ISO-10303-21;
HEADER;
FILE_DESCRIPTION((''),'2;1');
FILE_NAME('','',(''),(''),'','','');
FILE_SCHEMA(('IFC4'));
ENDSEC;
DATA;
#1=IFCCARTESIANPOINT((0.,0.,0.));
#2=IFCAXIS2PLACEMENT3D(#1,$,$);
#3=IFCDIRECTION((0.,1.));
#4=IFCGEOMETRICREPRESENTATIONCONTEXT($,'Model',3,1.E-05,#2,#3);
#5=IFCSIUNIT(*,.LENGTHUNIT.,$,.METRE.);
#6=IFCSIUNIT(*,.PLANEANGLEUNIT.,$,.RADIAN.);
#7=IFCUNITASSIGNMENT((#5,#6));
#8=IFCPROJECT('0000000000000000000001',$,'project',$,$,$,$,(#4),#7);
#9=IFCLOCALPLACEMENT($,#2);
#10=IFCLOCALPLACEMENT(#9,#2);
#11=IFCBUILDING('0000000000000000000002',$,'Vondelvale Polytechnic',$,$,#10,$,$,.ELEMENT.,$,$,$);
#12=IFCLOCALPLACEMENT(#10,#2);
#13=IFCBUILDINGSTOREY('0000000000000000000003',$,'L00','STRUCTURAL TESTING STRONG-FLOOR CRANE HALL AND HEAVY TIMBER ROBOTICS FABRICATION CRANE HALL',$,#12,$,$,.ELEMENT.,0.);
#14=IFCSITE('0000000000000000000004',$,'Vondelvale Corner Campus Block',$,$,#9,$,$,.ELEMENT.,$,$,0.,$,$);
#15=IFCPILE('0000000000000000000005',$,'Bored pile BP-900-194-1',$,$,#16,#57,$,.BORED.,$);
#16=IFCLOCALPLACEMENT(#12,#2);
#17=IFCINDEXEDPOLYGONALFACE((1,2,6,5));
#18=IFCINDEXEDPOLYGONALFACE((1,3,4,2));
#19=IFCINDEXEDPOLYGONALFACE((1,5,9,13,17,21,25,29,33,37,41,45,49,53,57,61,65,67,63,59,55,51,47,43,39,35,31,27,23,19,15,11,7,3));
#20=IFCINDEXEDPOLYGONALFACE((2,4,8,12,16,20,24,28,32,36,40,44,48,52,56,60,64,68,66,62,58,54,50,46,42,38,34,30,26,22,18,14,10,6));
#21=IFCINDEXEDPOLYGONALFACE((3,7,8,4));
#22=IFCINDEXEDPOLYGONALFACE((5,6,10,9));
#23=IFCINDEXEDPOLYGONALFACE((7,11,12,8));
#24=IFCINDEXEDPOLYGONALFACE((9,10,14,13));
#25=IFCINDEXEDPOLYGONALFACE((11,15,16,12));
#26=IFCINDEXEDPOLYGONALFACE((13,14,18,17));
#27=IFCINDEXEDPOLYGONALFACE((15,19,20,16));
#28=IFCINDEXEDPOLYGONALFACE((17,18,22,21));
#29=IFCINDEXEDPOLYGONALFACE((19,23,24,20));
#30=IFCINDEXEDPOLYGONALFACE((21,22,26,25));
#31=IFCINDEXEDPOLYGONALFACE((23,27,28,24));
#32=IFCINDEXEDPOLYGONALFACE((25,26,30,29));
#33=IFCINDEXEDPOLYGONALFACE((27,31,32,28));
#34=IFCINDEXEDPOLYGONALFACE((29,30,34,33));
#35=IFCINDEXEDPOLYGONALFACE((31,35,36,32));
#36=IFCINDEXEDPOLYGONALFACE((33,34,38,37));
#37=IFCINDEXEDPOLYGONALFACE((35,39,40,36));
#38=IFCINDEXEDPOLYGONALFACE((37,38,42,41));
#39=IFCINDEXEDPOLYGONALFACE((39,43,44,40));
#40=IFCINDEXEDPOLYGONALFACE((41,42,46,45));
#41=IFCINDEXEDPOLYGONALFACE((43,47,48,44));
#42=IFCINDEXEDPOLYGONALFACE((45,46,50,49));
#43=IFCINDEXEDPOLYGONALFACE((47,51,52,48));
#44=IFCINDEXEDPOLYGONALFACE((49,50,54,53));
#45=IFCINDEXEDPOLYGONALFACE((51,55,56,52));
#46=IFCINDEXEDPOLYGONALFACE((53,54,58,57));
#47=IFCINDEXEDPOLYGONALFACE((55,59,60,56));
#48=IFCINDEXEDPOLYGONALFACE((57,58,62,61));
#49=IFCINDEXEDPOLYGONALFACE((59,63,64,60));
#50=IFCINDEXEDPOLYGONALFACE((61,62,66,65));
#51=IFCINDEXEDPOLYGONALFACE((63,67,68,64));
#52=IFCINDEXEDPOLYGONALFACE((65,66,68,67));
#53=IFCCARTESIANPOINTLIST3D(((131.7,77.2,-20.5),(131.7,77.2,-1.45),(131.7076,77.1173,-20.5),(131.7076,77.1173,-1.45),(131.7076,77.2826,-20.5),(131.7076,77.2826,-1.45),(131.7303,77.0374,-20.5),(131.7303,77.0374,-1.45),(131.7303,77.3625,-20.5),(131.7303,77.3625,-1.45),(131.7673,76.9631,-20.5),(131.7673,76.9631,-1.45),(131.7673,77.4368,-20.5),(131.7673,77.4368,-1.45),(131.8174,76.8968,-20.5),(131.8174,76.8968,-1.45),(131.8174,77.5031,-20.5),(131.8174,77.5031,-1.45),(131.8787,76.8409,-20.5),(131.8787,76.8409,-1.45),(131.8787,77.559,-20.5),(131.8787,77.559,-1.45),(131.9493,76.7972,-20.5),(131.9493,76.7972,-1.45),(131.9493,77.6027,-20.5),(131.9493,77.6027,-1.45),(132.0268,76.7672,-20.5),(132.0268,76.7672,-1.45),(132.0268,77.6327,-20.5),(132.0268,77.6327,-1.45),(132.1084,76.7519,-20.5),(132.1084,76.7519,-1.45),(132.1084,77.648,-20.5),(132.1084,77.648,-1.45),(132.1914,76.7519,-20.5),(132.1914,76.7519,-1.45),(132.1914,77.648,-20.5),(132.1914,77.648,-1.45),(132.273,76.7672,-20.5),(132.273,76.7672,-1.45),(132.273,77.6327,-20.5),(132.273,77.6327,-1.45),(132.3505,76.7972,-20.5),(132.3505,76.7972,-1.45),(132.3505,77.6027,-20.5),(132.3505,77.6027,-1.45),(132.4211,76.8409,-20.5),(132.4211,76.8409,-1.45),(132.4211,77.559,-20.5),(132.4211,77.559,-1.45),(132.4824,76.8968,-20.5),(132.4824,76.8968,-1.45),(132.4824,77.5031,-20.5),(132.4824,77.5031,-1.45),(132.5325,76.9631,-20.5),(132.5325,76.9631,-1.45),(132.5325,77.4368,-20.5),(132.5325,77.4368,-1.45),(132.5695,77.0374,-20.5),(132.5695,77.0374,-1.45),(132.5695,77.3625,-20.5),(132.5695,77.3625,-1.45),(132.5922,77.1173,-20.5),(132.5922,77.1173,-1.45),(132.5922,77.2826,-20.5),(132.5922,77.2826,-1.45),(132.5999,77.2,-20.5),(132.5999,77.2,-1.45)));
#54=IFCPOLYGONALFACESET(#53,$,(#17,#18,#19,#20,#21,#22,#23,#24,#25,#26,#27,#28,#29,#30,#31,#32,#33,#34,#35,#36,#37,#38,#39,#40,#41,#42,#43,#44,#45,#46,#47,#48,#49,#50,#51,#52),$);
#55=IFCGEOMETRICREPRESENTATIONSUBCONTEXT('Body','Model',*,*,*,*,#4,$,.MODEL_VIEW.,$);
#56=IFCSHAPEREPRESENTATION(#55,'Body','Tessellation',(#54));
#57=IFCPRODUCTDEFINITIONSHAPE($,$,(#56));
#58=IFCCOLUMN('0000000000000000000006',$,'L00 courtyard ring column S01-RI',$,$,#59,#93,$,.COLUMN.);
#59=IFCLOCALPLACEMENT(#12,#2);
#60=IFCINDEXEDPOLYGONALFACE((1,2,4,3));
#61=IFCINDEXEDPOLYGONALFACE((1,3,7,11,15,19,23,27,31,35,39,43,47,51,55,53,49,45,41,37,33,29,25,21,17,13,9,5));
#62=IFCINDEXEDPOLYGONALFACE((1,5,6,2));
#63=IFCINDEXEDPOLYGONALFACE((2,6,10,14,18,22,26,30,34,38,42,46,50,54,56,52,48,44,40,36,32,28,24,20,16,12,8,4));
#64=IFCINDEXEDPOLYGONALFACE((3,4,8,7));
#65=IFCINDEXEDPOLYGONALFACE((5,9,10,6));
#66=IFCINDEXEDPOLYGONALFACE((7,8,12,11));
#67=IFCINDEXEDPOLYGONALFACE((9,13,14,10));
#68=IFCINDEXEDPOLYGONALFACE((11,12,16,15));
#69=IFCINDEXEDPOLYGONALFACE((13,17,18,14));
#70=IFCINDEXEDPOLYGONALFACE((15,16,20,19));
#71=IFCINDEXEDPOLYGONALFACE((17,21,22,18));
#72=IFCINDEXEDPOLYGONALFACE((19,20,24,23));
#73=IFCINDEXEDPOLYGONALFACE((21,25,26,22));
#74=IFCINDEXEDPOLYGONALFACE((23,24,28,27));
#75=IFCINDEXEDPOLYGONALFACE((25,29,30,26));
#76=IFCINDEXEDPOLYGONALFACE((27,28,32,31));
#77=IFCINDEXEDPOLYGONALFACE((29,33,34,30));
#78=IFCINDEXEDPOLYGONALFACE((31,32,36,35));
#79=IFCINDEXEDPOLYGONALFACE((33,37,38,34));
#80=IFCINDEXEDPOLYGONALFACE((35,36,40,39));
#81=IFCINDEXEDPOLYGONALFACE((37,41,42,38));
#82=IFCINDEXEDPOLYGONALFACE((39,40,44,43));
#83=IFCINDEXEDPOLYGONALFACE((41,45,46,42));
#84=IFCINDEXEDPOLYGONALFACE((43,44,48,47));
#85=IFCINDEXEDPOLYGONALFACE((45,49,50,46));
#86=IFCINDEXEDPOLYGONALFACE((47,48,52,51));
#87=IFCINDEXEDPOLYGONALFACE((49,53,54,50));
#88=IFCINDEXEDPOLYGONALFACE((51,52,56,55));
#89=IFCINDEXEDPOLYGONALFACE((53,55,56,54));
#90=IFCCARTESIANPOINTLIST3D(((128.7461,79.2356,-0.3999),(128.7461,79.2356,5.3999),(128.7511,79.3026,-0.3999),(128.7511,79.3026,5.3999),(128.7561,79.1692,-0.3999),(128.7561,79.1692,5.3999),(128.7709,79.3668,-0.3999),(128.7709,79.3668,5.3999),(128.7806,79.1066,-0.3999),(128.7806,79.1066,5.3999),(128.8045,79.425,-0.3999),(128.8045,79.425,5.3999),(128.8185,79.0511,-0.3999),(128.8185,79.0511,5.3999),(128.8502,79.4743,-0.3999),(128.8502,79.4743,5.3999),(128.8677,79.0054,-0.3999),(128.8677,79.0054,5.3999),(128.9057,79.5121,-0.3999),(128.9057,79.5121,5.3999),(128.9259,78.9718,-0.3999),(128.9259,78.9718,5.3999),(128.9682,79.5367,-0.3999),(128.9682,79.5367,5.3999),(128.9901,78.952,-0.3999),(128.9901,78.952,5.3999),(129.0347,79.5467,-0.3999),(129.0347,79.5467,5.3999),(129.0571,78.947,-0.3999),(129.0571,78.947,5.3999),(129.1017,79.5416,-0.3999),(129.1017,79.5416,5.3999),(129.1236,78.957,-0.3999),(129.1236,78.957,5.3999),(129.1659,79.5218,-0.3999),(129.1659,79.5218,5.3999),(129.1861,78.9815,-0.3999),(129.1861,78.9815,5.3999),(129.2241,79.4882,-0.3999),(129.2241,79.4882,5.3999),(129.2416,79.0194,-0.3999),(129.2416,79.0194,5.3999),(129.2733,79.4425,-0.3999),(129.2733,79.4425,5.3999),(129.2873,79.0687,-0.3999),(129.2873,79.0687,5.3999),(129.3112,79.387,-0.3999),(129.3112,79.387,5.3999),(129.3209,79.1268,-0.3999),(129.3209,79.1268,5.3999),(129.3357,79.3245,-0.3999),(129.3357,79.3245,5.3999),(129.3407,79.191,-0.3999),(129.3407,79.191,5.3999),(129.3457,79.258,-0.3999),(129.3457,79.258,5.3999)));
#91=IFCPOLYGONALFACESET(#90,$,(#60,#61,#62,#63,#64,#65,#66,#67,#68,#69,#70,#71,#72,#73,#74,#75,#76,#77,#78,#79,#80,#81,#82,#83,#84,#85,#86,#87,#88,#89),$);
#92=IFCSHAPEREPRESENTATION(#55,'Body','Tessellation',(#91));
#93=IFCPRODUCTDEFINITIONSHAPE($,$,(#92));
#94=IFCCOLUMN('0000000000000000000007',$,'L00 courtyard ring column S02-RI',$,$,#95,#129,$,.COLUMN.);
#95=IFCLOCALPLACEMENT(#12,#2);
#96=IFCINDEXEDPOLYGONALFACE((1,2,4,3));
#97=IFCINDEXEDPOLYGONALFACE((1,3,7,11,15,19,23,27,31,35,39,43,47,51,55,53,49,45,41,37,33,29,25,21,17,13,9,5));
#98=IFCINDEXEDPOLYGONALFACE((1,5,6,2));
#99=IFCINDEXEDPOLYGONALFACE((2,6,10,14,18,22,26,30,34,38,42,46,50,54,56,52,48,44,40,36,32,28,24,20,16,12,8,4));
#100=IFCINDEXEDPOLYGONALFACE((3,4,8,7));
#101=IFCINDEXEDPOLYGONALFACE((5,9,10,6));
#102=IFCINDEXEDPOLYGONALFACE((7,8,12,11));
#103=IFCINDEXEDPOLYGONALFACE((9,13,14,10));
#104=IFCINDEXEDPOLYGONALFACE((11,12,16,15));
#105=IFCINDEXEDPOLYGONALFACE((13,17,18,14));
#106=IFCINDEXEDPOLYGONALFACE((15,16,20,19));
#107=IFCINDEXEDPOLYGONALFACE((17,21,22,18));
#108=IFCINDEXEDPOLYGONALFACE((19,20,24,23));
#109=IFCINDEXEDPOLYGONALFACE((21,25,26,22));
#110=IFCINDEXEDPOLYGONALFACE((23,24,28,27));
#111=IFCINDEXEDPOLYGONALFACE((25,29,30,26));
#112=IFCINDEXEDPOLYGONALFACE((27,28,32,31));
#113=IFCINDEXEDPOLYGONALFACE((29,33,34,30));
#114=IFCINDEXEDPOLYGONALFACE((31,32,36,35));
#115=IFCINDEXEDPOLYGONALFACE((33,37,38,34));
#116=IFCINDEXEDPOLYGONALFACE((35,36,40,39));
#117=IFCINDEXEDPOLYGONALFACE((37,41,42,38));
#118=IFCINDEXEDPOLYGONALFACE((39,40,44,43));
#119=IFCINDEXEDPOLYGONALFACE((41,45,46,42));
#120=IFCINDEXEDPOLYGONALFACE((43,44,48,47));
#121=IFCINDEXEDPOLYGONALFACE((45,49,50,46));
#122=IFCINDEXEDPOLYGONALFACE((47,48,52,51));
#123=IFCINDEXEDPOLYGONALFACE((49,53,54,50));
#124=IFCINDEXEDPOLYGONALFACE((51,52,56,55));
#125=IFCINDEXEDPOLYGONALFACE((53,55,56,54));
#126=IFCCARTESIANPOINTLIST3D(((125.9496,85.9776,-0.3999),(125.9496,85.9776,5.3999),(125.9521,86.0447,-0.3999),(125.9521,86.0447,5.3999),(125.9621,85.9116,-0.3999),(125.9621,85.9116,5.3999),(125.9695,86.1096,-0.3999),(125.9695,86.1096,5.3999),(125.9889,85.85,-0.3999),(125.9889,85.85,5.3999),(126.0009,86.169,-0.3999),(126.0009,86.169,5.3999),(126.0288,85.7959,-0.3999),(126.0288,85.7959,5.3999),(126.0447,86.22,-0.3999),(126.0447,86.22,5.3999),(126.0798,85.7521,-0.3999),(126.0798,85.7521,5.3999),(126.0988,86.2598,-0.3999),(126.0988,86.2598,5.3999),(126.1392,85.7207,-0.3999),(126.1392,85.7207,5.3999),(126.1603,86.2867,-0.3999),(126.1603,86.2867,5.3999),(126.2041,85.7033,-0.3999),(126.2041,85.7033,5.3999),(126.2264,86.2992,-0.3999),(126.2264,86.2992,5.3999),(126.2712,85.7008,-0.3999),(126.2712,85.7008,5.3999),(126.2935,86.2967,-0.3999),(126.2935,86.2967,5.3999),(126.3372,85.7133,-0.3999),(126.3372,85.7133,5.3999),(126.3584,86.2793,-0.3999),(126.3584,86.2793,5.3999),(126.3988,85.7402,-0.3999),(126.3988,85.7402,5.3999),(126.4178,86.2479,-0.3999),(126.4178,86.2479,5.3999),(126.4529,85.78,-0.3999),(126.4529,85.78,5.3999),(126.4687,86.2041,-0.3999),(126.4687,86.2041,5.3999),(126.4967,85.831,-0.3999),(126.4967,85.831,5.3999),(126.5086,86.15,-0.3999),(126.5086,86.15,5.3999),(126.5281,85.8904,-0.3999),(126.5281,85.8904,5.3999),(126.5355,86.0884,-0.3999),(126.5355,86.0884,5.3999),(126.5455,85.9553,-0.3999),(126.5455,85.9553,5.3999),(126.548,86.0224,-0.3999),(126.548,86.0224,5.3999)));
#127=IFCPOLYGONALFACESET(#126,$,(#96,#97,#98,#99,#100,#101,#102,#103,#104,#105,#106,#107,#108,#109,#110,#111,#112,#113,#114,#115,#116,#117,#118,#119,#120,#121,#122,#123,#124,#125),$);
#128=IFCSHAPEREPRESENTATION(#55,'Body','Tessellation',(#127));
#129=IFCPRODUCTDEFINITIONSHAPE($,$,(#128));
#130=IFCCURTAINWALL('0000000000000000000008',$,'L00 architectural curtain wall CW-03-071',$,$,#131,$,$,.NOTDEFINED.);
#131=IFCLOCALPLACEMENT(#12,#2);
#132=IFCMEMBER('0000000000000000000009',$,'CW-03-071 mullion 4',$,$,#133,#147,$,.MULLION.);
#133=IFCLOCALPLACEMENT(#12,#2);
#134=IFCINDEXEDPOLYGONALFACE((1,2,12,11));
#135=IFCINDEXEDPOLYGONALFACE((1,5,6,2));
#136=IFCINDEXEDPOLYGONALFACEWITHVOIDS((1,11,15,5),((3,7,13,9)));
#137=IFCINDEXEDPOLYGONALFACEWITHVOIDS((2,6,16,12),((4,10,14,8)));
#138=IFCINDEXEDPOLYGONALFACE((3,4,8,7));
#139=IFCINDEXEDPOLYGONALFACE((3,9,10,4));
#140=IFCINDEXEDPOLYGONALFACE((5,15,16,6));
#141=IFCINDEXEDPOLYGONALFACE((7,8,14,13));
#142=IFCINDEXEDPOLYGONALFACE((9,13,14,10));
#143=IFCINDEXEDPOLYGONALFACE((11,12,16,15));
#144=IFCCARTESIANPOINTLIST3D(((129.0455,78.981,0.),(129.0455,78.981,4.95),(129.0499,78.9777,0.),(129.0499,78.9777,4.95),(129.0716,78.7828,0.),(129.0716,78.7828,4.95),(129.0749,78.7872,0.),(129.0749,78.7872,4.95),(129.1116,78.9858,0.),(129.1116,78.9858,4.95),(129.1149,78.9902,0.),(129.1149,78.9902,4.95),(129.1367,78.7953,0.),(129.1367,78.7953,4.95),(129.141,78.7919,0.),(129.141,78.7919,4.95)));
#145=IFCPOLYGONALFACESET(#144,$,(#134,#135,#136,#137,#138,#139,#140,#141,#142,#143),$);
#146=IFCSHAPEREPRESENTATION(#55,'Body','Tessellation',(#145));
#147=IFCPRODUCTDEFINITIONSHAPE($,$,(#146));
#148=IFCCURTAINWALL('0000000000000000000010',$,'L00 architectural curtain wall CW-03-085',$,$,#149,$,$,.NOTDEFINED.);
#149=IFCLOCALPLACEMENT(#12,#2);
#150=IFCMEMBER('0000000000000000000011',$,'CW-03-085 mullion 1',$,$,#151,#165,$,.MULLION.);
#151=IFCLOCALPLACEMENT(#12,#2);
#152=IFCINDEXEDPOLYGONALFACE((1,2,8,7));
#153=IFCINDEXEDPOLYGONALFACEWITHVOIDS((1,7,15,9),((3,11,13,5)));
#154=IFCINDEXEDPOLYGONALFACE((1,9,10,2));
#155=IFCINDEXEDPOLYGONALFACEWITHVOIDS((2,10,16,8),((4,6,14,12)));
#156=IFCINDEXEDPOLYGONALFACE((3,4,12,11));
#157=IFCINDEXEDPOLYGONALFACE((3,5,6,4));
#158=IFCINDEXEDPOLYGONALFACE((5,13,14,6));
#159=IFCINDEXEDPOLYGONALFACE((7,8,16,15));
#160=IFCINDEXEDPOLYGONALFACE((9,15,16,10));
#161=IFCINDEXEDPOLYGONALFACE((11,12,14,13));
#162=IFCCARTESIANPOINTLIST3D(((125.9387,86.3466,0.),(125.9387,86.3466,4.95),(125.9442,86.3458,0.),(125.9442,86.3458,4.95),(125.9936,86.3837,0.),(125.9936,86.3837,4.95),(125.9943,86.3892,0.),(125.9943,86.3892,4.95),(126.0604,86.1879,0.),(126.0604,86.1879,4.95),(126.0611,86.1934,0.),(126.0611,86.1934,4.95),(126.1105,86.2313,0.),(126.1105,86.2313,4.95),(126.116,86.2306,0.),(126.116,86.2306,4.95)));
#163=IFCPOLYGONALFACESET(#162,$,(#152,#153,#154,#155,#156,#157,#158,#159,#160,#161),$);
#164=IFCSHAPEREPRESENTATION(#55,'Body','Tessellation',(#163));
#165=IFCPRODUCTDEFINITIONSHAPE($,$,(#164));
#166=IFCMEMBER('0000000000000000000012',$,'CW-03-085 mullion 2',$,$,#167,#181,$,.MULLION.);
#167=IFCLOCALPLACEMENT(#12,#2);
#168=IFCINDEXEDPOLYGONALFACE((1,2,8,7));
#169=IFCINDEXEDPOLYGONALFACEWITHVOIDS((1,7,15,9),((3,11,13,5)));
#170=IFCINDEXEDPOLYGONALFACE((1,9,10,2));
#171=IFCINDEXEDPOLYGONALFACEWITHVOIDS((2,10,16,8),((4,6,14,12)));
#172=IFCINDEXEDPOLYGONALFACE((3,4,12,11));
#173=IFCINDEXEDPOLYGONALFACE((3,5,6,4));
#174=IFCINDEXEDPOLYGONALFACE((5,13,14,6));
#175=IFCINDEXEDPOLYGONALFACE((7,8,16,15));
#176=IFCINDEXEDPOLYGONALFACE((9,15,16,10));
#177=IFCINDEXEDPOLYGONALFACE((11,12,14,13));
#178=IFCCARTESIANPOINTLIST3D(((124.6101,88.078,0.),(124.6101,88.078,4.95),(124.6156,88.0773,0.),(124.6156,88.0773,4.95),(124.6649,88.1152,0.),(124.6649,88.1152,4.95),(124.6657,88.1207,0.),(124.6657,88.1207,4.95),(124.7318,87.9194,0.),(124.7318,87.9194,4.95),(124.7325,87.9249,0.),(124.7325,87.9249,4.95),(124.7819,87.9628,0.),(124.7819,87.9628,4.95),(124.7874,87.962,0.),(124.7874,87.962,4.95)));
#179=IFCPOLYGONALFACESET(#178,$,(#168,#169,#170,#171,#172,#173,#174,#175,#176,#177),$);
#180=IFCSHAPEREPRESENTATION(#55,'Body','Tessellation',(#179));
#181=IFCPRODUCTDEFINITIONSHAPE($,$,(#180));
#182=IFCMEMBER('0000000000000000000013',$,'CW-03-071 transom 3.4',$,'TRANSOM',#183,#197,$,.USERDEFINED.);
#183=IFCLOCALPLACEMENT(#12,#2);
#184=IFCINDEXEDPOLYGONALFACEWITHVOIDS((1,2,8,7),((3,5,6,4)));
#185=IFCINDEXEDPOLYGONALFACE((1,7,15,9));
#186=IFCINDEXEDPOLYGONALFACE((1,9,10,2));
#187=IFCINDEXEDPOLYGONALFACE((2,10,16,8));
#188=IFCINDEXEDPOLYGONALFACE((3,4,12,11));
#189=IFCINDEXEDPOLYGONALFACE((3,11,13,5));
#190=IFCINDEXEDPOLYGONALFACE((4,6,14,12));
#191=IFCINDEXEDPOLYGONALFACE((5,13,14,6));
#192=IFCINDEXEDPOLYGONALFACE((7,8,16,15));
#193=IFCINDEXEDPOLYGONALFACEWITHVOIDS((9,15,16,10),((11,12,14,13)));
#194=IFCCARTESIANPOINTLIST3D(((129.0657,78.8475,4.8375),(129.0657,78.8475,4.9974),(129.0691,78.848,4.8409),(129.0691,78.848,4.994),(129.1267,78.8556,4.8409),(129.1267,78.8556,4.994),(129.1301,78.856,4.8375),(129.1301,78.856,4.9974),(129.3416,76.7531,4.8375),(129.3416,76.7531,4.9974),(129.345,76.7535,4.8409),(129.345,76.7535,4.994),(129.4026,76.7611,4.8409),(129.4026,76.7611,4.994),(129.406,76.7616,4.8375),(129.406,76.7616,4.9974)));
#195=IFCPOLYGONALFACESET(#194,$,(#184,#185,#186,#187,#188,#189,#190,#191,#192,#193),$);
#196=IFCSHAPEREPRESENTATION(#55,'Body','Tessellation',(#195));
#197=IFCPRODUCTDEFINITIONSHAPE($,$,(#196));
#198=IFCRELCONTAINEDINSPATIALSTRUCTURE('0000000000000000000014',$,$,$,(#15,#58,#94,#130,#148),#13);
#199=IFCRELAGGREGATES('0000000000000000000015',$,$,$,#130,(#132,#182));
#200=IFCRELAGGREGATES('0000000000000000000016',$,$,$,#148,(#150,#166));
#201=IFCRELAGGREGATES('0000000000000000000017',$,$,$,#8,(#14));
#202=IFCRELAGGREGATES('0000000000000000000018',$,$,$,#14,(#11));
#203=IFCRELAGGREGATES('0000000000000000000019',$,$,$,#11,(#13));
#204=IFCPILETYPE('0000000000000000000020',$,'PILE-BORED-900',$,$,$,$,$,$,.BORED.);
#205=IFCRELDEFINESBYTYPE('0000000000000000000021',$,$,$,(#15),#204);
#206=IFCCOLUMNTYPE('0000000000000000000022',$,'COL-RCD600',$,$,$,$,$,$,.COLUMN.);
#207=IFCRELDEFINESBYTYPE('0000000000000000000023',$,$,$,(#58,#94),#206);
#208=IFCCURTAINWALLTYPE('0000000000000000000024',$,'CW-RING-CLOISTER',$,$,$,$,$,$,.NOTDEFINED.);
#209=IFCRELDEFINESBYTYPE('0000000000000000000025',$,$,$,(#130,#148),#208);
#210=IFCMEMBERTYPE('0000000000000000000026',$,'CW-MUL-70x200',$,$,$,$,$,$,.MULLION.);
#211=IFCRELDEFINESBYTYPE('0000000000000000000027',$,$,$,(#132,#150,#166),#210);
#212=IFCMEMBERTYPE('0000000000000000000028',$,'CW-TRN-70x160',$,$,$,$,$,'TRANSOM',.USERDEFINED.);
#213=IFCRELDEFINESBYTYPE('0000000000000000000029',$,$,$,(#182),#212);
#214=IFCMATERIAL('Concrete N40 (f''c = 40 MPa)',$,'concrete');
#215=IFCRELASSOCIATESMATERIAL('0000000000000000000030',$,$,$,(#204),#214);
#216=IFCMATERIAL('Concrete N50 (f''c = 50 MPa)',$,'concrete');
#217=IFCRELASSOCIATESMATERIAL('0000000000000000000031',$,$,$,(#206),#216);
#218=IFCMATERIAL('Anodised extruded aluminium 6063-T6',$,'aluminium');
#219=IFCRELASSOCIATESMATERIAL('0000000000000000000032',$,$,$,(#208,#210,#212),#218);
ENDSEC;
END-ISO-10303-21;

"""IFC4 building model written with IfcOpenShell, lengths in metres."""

from ifc_helpers import new_model, si_unit, direction, frame, origin, origin_2d, place, context, subcontext, project, spatial, hollow_rectangle, circle, extrude, material, material_profile, profile_set, type_object, element, aggregate, save


model = new_model("IFC4")

# Units and contexts
model_context = context("Model", 3, precision=1e-05, world=origin(), true_north=direction((0.0, 1.0)))
body_context = subcontext(model_context, "Body", "Model", "MODEL_VIEW")
ifc_project = project(units=[si_unit("LENGTHUNIT", "METRE"), si_unit("PLANEANGLEUNIT", "RADIAN")], contexts=[model_context])

# Site, building, storey
site_placement = place(None, origin())
site = spatial("IfcSite", under=ifc_project, at=site_placement, Name="Vondelvale Corner Campus Block", CompositionType="ELEMENT", RefElevation=0.0)
building_placement = place(site_placement, origin())
building = spatial("IfcBuilding", under=site, at=building_placement, Name="Vondelvale Polytechnic", CompositionType="ELEMENT")
storey_placement = place(building_placement, origin())
storey = spatial("IfcBuildingStorey", under=building, at=storey_placement, Name="L00", Description="STRUCTURAL TESTING STRONG-FLOOR CRANE HALL AND HEAVY TIMBER ROBOTICS FABRICATION CRANE HALL", CompositionType="ELEMENT", Elevation=0.0)

# Shared definitions
ifc_material_1 = material(Name="Concrete N40 (f'c = 40 MPa)", Category="concrete")

# Pile
ifc_material_profile_1 = material_profile(ifc_material_1, circle(Radius=0.45, at=origin_2d()), Name="PILE-D900")
ifc_profile_set_1 = profile_set([ifc_material_profile_1], Name="Concrete N40 (f'c = 40 MPa)")
pile_type = type_object("IfcPileType", Name="PILE-BORED-900", PredefinedType="BORED", material=ifc_profile_set_1)
for number, where, z_axis, x_axis, name in (
    (1, (132.1499, 77.2, -1.45), (0.0, 0.0, -1.0), (1.0, 0.0, 0.0), "Bored pile BP-900-194-1"),
):
    element("IfcPile", number, at=place(storey_placement, frame(where, z_axis=z_axis, x_axis=x_axis)), inside=storey, type_object=pile_type, Name=name, PredefinedType="BORED", context=body_context, shape_type="SweptSolid", body=[
        extrude(circle(Radius=0.45, at=origin_2d()), origin(), (0.0, 0.0, 1.0), 19.05),
    ])

# Columns
ifc_material_2 = material(Name="Concrete N50 (f'c = 50 MPa)", Category="concrete")
ifc_material_profile_2 = material_profile(ifc_material_2, circle(Radius=0.3, at=origin_2d()), Name="RC-COL-D600")
ifc_profile_set_2 = profile_set([ifc_material_profile_2], Name="Concrete N50 (f'c = 50 MPa)")
column_type = type_object("IfcColumnType", Name="COL-RCD600", PredefinedType="COLUMN", material=ifc_profile_set_2)
for number, where, z_axis, x_axis, name in (
    (2, (129.0459, 79.2468, -0.3999), (0.0, 0.0, 1.0), (0.965926, 0.258819, 0.0), "L00 courtyard ring column S01-RI"),
    (3, (126.2488, 86.0, -0.3999), (0.0, 0.0, 1.0), (0.866025, 0.5, 0.0), "L00 courtyard ring column S02-RI"),
):
    element("IfcColumn", number, at=place(storey_placement, frame(where, z_axis=z_axis, x_axis=x_axis)), inside=storey, type_object=column_type, Name=name, PredefinedType="COLUMN", context=body_context, shape_type="SweptSolid", body=[
        extrude(circle(Radius=0.3, at=origin_2d()), origin(), (0.0, 0.0, 1.0), 5.7998),
    ])

# Curtain wall, member
ifc_material_3 = material(Name="Anodised extruded aluminium 6063-T6", Category="aluminium")
curtain_wall_type = type_object("IfcCurtainWallType", Name="CW-RING-CLOISTER", PredefinedType="NOTDEFINED", material=ifc_material_3)
curtain_wall_1_placement = place(storey_placement, origin())
curtain_wall_1 = element("IfcCurtainWall", 4, at=curtain_wall_1_placement, inside=storey, type_object=curtain_wall_type, Name="L00 architectural curtain wall CW-03-071", PredefinedType="NOTDEFINED")
ifc_material_profile_3 = material_profile(ifc_material_3, hollow_rectangle(XDim=0.0701, YDim=0.2, WallThickness=0.0039, at=origin_2d()), Name="CW-MUL-200x70")
ifc_profile_set_3 = profile_set([ifc_material_profile_3], Name="Anodised extruded aluminium 6063-T6")
member_type_1 = type_object("IfcMemberType", Name="CW-MUL-70x200", PredefinedType="MULLION", material=ifc_profile_set_3)
member_1_placement = place(storey_placement, frame((129.0933, 78.8865, 0.0), z_axis=(0.0, 0.0, 1.0), x_axis=(-0.991445, -0.130528, 0.0)))
member_1 = element("IfcMember", 5, at=member_1_placement, type_object=member_type_1, Name="CW-03-071 mullion 4", PredefinedType="MULLION", context=body_context, shape_type="SweptSolid", body=[
    extrude(hollow_rectangle(XDim=0.0701, YDim=0.2, WallThickness=0.0039, at=origin_2d()), origin(), (0.0, 0.0, 1.0), 4.95),
])

# Curtain wall, members
curtain_wall_2_placement = place(storey_placement, origin())
curtain_wall_2 = element("IfcCurtainWall", 6, at=curtain_wall_2_placement, inside=storey, type_object=curtain_wall_type, Name="L00 architectural curtain wall CW-03-085", PredefinedType="NOTDEFINED")
member_2_placement = place(storey_placement, frame((126.0273, 86.2886, 0.0), z_axis=(0.0, 0.0, 1.0), x_axis=(-0.793364, -0.608748, 0.0)))
member_2 = element("IfcMember", 7, at=member_2_placement, type_object=member_type_1, Name="CW-03-085 mullion 1", PredefinedType="MULLION", context=body_context, shape_type="SweptSolid", body=[
    extrude(hollow_rectangle(XDim=0.0701, YDim=0.2, WallThickness=0.0039, at=origin_2d()), origin(), (0.0, 0.0, 1.0), 4.95),
])
member_3_placement = place(storey_placement, frame((124.6987, 88.02, 0.0), z_axis=(0.0, 0.0, 1.0), x_axis=(-0.793364, -0.608748, 0.0)))
member_3 = element("IfcMember", 8, at=member_3_placement, type_object=member_type_1, Name="CW-03-085 mullion 2", PredefinedType="MULLION", context=body_context, shape_type="SweptSolid", body=[
    extrude(hollow_rectangle(XDim=0.0701, YDim=0.2, WallThickness=0.0039, at=origin_2d()), origin(), (0.0, 0.0, 1.0), 4.95),
])

# Member
ifc_material_profile_4 = material_profile(ifc_material_3, hollow_rectangle(XDim=0.0649, YDim=0.1599, WallThickness=0.0034, at=origin_2d()), Name="CW-TRN-160x65")
ifc_profile_set_4 = profile_set([ifc_material_profile_4], Name="Anodised extruded aluminium 6063-T6")
member_type_2 = type_object("IfcMemberType", Name="CW-TRN-70x160", ElementType="TRANSOM", PredefinedType="USERDEFINED", material=ifc_profile_set_4)
member_4_placement = place(storey_placement, frame((129.3738, 76.7573, 4.9175), z_axis=(-0.130589, 0.991437, 0.0), x_axis=(-0.991437, -0.130589, 0.0)))
member_4 = element("IfcMember", 9, at=member_4_placement, type_object=member_type_2, Name="CW-03-071 transom 3.4", ObjectType="TRANSOM", PredefinedType="USERDEFINED", context=body_context, shape_type="SweptSolid", body=[
    extrude(hollow_rectangle(XDim=0.0649, YDim=0.1599, WallThickness=0.0034, at=origin_2d()), origin(), (0.0, 0.0, 1.0), 2.1125),
])

aggregate(curtain_wall_1, [member_1, member_4])
aggregate(curtain_wall_2, [member_2, member_3])

save(model, "model.ifc")
